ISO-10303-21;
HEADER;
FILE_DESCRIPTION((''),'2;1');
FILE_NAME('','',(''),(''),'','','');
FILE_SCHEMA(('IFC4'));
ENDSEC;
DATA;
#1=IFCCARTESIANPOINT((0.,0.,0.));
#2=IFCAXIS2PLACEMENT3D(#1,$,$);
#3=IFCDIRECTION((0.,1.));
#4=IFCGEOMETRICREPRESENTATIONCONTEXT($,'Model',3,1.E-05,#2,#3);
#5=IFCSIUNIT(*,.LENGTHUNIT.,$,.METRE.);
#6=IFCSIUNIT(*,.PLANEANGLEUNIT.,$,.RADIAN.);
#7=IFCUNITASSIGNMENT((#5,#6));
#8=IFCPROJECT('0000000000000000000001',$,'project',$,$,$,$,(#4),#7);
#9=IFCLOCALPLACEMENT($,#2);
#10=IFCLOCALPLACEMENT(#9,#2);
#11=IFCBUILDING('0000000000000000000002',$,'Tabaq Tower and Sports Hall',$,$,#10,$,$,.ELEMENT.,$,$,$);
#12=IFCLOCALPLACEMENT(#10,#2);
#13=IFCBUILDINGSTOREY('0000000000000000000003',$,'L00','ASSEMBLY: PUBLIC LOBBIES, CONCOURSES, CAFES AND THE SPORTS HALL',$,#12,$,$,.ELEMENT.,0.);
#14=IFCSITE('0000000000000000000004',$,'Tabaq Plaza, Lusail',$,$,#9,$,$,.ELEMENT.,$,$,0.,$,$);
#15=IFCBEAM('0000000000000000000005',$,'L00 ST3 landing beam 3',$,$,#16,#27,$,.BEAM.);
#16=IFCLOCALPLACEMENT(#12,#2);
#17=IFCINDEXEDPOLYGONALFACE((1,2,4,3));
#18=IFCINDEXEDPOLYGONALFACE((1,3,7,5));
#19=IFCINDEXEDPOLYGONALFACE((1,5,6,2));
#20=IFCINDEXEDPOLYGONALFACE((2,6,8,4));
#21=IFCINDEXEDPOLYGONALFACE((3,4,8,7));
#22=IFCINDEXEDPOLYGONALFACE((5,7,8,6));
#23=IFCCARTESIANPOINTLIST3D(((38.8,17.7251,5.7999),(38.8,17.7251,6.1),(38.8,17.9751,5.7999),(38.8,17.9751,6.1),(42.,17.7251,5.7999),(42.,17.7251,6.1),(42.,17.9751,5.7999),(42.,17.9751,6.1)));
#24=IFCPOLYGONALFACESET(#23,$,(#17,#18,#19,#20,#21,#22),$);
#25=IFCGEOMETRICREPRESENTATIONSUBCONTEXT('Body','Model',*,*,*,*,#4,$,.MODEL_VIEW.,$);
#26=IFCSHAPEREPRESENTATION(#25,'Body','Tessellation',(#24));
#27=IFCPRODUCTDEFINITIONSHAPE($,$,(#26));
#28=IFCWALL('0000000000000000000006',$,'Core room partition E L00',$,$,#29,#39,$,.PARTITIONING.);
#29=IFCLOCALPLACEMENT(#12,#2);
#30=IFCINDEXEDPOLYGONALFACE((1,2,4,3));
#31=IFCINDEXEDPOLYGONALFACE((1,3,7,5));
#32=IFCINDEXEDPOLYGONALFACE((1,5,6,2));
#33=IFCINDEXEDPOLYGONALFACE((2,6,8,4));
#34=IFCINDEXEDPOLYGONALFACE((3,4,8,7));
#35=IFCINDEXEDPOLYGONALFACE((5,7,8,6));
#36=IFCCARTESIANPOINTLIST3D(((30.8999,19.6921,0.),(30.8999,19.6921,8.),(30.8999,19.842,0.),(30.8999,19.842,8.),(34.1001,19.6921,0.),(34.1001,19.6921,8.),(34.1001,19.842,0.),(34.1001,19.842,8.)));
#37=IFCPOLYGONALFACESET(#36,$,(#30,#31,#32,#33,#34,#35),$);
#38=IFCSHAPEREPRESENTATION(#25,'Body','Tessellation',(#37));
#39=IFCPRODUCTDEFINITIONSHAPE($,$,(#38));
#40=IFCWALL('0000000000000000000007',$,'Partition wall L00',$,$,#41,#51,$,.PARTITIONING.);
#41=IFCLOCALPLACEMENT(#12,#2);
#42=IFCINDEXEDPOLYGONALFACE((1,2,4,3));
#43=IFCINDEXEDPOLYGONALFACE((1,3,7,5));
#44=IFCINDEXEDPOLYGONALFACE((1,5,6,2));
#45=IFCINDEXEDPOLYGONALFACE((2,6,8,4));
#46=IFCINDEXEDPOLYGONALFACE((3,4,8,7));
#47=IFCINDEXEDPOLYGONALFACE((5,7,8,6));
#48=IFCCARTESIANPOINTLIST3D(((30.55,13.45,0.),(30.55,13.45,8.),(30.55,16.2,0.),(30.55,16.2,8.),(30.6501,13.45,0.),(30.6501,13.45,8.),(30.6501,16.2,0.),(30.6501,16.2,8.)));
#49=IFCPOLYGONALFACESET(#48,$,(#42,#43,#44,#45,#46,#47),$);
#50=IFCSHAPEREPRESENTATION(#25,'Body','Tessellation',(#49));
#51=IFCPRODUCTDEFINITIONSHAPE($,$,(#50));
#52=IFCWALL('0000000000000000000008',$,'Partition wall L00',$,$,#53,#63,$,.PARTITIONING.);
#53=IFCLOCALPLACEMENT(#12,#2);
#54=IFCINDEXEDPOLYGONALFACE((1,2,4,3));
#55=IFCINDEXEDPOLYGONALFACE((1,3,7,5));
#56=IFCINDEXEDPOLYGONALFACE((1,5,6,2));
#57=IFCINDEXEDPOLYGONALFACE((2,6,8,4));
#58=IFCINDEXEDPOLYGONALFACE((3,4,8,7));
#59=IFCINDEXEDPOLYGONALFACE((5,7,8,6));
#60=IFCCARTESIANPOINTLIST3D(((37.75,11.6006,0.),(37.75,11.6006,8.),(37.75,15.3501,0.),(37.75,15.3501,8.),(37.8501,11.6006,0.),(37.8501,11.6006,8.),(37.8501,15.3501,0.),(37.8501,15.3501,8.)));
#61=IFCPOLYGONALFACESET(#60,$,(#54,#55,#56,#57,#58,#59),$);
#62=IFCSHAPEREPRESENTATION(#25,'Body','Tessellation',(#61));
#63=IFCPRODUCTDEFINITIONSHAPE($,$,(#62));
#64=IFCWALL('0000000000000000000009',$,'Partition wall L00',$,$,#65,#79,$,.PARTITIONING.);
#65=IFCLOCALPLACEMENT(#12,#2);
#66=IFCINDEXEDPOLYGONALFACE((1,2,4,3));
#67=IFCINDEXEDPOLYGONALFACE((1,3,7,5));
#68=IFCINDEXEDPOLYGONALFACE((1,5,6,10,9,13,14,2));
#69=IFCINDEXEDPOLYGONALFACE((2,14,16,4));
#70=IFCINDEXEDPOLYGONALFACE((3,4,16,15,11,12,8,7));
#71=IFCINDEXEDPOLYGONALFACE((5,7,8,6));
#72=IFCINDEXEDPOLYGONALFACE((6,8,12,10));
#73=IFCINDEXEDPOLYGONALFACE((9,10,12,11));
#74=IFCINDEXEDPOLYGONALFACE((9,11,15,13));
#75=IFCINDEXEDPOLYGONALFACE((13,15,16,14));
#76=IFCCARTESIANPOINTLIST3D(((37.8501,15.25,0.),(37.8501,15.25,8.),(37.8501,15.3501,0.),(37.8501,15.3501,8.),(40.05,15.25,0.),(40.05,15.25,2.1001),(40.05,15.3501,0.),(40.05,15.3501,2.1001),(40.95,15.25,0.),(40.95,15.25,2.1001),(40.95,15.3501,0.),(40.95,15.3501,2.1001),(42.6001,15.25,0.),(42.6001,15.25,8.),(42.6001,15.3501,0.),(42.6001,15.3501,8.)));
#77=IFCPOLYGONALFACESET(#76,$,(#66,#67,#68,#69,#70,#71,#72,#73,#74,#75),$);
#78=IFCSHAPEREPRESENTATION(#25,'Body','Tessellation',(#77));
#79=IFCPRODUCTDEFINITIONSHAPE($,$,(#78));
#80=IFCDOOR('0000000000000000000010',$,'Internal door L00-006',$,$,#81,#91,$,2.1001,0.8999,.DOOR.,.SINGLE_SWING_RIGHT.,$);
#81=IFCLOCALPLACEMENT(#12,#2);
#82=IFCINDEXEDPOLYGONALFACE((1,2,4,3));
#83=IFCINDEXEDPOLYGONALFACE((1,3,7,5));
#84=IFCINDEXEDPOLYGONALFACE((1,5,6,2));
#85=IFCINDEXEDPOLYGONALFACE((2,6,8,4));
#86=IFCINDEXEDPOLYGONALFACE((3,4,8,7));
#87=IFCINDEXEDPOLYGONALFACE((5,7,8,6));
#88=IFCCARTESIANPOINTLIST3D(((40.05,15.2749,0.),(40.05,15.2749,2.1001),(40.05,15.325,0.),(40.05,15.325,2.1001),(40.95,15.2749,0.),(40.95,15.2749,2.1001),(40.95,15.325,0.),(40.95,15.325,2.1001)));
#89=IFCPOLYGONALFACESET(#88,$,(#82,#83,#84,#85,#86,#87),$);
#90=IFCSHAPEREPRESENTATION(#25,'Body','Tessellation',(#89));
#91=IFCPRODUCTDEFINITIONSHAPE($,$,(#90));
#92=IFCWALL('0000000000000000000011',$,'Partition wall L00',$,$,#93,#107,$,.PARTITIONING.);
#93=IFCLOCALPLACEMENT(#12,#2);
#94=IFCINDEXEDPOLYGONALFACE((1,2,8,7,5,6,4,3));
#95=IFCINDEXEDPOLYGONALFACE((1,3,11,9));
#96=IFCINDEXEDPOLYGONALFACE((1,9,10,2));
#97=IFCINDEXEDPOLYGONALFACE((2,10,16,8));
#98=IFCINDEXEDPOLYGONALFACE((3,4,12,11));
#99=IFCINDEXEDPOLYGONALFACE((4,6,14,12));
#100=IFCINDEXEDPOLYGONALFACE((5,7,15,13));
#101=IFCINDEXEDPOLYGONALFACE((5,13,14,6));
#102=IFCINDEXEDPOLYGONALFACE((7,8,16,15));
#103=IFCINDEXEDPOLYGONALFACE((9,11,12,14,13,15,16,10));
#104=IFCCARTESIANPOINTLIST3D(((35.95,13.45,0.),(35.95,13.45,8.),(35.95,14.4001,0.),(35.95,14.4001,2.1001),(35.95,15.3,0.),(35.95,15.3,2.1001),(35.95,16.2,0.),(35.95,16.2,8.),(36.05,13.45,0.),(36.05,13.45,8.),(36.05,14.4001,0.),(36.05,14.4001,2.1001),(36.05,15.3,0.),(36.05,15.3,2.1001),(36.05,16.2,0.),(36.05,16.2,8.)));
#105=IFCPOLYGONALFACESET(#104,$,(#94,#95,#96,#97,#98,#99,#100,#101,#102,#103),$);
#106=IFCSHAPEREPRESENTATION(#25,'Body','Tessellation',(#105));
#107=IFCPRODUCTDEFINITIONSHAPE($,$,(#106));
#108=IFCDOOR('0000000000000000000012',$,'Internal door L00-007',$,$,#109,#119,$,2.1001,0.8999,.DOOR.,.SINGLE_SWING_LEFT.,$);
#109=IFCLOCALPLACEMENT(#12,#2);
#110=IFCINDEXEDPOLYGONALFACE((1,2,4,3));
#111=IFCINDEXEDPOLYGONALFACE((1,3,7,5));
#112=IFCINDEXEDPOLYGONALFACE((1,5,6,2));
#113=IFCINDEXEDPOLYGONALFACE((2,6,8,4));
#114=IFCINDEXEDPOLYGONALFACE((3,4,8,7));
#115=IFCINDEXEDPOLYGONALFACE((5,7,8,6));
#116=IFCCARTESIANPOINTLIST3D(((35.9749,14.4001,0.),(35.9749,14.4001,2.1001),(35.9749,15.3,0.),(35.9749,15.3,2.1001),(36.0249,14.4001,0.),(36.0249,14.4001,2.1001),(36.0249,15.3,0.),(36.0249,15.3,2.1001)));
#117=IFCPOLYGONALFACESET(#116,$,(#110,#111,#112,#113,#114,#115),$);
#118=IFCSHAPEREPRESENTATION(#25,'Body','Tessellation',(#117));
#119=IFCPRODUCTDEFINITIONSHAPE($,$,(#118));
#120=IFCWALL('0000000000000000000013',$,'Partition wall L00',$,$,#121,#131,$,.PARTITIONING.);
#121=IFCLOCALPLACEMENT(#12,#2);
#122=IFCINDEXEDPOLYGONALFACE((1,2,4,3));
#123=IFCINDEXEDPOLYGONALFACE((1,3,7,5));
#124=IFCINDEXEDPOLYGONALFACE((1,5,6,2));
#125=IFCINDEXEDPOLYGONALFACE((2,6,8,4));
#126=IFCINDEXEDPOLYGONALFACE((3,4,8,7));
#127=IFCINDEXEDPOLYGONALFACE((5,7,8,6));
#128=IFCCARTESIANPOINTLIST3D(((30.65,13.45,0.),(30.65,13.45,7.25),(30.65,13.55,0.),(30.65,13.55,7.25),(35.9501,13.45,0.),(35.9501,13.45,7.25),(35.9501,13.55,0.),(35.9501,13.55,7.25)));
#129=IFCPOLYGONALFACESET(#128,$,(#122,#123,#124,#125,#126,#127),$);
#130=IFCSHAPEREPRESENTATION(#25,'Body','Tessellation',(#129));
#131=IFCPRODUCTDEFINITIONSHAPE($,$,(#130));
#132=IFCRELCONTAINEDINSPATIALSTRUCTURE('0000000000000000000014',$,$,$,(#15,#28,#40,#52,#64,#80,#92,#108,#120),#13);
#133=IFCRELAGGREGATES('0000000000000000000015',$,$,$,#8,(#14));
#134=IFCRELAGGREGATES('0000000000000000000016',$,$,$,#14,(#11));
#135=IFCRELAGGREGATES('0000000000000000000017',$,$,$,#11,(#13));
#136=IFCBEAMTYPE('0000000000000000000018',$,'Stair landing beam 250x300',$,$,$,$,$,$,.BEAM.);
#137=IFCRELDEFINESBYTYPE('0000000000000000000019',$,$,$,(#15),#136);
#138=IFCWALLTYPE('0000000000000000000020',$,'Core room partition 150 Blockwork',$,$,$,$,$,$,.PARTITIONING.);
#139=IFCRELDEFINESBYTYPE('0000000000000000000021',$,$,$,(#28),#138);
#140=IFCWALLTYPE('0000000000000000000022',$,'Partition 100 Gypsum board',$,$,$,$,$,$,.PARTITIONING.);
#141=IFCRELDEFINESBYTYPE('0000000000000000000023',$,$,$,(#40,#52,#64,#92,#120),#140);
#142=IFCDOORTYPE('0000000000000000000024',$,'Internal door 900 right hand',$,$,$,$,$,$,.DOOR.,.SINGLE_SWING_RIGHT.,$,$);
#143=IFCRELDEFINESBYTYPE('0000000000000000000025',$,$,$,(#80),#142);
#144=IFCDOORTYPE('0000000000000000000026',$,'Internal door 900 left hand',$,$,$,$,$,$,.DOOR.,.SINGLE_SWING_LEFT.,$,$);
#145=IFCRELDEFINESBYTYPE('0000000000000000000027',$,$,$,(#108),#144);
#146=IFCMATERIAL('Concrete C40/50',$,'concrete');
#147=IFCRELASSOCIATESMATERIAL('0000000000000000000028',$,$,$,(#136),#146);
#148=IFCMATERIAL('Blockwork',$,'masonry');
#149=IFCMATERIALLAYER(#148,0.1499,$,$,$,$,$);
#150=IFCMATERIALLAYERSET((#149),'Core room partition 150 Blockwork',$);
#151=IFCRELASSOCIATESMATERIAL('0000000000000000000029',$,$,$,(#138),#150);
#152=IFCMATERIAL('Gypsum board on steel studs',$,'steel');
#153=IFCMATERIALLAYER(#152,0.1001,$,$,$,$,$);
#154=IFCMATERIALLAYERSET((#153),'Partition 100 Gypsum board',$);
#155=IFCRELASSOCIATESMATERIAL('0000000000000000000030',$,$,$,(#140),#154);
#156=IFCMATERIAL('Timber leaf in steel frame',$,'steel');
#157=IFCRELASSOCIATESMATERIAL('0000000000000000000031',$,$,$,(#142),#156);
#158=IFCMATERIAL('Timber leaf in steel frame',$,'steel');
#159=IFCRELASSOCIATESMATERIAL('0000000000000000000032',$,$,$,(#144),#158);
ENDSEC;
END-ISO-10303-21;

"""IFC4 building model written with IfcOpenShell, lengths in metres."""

from ifc_helpers import new_model, si_unit, direction, frame, frame_2d, origin, origin_2d, place, context, subcontext, project, spatial, rectangle, extrude, material, layer, layer_set, material_profile, profile_set, type_object, element, fill, save


model = new_model("IFC4")

# Units and contexts
model_context = context("Model", 3, precision=1e-05, world=origin(), true_north=direction((0.0, 1.0)))
body_context = subcontext(model_context, "Body", "Model", "MODEL_VIEW")
ifc_project = project(units=[si_unit("LENGTHUNIT", "METRE"), si_unit("PLANEANGLEUNIT", "RADIAN")], contexts=[model_context])

# Site, building, storey
site_placement = place(None, origin())
site = spatial("IfcSite", under=ifc_project, at=site_placement, Name="Tabaq Plaza, Lusail", CompositionType="ELEMENT", RefElevation=0.0)
building_placement = place(site_placement, origin())
building = spatial("IfcBuilding", under=site, at=building_placement, Name="Tabaq Tower and Sports Hall", CompositionType="ELEMENT")
storey_placement = place(building_placement, origin())
storey = spatial("IfcBuildingStorey", under=building, at=storey_placement, Name="L00", Description="ASSEMBLY: PUBLIC LOBBIES, CONCOURSES, CAFES AND THE SPORTS HALL", CompositionType="ELEMENT", Elevation=0.0)

# Beam
ifc_material_1 = material(Name="Concrete C40/50", Category="concrete")
ifc_material_profile = material_profile(ifc_material_1, rectangle(XDim=0.25, YDim=0.3, at=origin_2d()), Name="RC 250x300")
ifc_profile_set = profile_set([ifc_material_profile], Name="Concrete C40/50")
beam_type = type_object("IfcBeamType", Name="Stair landing beam 250x300", PredefinedType="BEAM", material=ifc_profile_set)
beam_placement = place(storey_placement, frame((38.8, 17.8501, 5.95), z_axis=(1.0, 0.0, 0.0), x_axis=(0.0, 1.0, 0.0)))
element("IfcBeam", 1, at=beam_placement, inside=storey, type_object=beam_type, Name="L00 ST3 landing beam 3", PredefinedType="BEAM", context=body_context, shape_type="SweptSolid", body=[
    extrude(rectangle(XDim=0.25, YDim=0.3, at=origin_2d()), origin(), (0.0, 0.0, 1.0), 3.2),
])

# Walls
ifc_material_2 = material(Name="Blockwork", Category="masonry")
ifc_layer_1 = layer(ifc_material_2, 0.1499)
ifc_layer_set_1 = layer_set([ifc_layer_1], Name="Core room partition 150 Blockwork")
wall_type_1 = type_object("IfcWallType", Name="Core room partition 150 Blockwork", PredefinedType="PARTITIONING", material=ifc_layer_set_1)
wall_1_placement = place(storey_placement, frame((30.8999, 19.7671, 0.0), z_axis=(0.0, 0.0, 1.0), x_axis=(1.0, 0.0, 0.0)))
element("IfcWall", 2, at=wall_1_placement, inside=storey, type_object=wall_type_1, Name="Core room partition E L00", PredefinedType="PARTITIONING", context=body_context, shape_type="SweptSolid", body=[
    extrude(rectangle(XDim=3.2002, YDim=0.1499, at=frame_2d((1.6001, 0.0))), origin(), (0.0, 0.0, 1.0), 8.0),
])
ifc_material_3 = material(Name="Gypsum board on steel studs", Category="steel")
ifc_layer_2 = layer(ifc_material_3, 0.1001)
ifc_layer_set_2 = layer_set([ifc_layer_2], Name="Partition 100 Gypsum board")
wall_type_2 = type_object("IfcWallType", Name="Partition 100 Gypsum board", PredefinedType="PARTITIONING", material=ifc_layer_set_2)
wall_2_placement = place(storey_placement, frame((30.6001, 13.45, 0.0), z_axis=(0.0, 0.0, 1.0), x_axis=(0.0, 1.0, 0.0)))
element("IfcWall", 3, at=wall_2_placement, inside=storey, type_object=wall_type_2, Name="Partition wall L00", PredefinedType="PARTITIONING", context=body_context, shape_type="SweptSolid", body=[
    extrude(rectangle(XDim=2.75, YDim=0.1001, at=frame_2d((1.375, 0.0))), origin(), (0.0, 0.0, 1.0), 8.0),
])
wall_3_placement = place(storey_placement, frame((37.8, 11.6006, 0.0), z_axis=(0.0, 0.0, 1.0), x_axis=(0.0, 1.0, 0.0)))
element("IfcWall", 4, at=wall_3_placement, inside=storey, type_object=wall_type_2, Name="Partition wall L00", PredefinedType="PARTITIONING", context=body_context, shape_type="SweptSolid", body=[
    extrude(rectangle(XDim=3.7495, YDim=0.1001, at=frame_2d((1.8748, 0.0))), origin(), (0.0, 0.0, 1.0), 8.0),
])

# Walls, openings, doors
wall_4_placement = place(storey_placement, frame((37.8501, 15.3, 0.0), z_axis=(0.0, 0.0, 1.0), x_axis=(1.0, 0.0, 0.0)))
wall_4 = element("IfcWall", 5, at=wall_4_placement, inside=storey, type_object=wall_type_2, Name="Partition wall L00", PredefinedType="PARTITIONING", context=body_context, shape_type="SweptSolid", body=[
    extrude(rectangle(XDim=4.75, YDim=0.1001, at=frame_2d((2.375, 0.0))), origin(), (0.0, 0.0, 1.0), 8.0),
])
opening_1_placement = place(wall_4_placement, frame((2.2, 0.0, 0.0)))
opening_1 = element("IfcOpeningElement", 6, at=opening_1_placement, cuts=wall_4, PredefinedType="OPENING", context=body_context, shape_type="SweptSolid", body=[
    extrude(rectangle(XDim=0.8999, YDim=2.1001, at=frame_2d((0.45, 1.05))), frame((0.0, 0.05, 0.0), z_axis=(0.0, -1.0, 0.0), x_axis=(1.0, 0.0, 0.0)), (0.0, 0.0, 1.0), 0.1001),
])
ifc_material_4 = material(Name="Timber leaf in steel frame", Category="steel")
door_type_1 = type_object("IfcDoorType", Name="Internal door 900 right hand", OperationType="SINGLE_SWING_RIGHT", PredefinedType="DOOR", material=ifc_material_4)
door_1_placement = place(opening_1_placement, origin())
door_1 = element("IfcDoor", 7, at=door_1_placement, inside=storey, type_object=door_type_1, Name="Internal door L00-006", OperationType="SINGLE_SWING_RIGHT", OverallHeight=2.1001, OverallWidth=0.8999, PredefinedType="DOOR", context=body_context, shape_type="SweptSolid", body=[
    extrude(rectangle(XDim=0.8999, YDim=2.1001, at=frame_2d((0.45, 1.05))), frame((0.0, 0.0249, 0.0), z_axis=(0.0, -1.0, 0.0), x_axis=(1.0, 0.0, 0.0)), (0.0, 0.0, 1.0), 0.05),
])
fill(opening_1, door_1)
wall_5_placement = place(storey_placement, frame((36.0, 16.2, 0.0), z_axis=(0.0, 0.0, 1.0), x_axis=(0.0, -1.0, 0.0)))
wall_5 = element("IfcWall", 8, at=wall_5_placement, inside=storey, type_object=wall_type_2, Name="Partition wall L00", PredefinedType="PARTITIONING", context=body_context, shape_type="SweptSolid", body=[
    extrude(rectangle(XDim=2.75, YDim=0.1001, at=frame_2d((1.375, 0.0))), origin(), (0.0, 0.0, 1.0), 8.0),
])
opening_2_placement = place(wall_5_placement, frame((0.8999, 0.0, 0.0)))
opening_2 = element("IfcOpeningElement", 9, at=opening_2_placement, cuts=wall_5, PredefinedType="OPENING", context=body_context, shape_type="SweptSolid", body=[
    extrude(rectangle(XDim=0.8999, YDim=2.1001, at=frame_2d((0.45, 1.05))), frame((0.0, 0.05, 0.0), z_axis=(0.0, -1.0, 0.0), x_axis=(1.0, 0.0, 0.0)), (0.0, 0.0, 1.0), 0.1001),
])
ifc_material_5 = material(Name="Timber leaf in steel frame", Category="steel")
door_type_2 = type_object("IfcDoorType", Name="Internal door 900 left hand", OperationType="SINGLE_SWING_LEFT", PredefinedType="DOOR", material=ifc_material_5)
door_2_placement = place(opening_2_placement, origin())
door_2 = element("IfcDoor", 10, at=door_2_placement, inside=storey, type_object=door_type_2, Name="Internal door L00-007", OperationType="SINGLE_SWING_LEFT", OverallHeight=2.1001, OverallWidth=0.8999, PredefinedType="DOOR", context=body_context, shape_type="SweptSolid", body=[
    extrude(rectangle(XDim=0.8999, YDim=2.1001, at=frame_2d((0.45, 1.05))), frame((0.0, 0.0249, 0.0), z_axis=(0.0, -1.0, 0.0), x_axis=(1.0, 0.0, 0.0)), (0.0, 0.0, 1.0), 0.05),
])
fill(opening_2, door_2)

# Wall
wall_6_placement = place(storey_placement, frame((35.95, 13.5, 0.0), z_axis=(0.0, 0.0, 1.0), x_axis=(-1.0, 0.0, 0.0)))
element("IfcWall", 11, at=wall_6_placement, inside=storey, type_object=wall_type_2, Name="Partition wall L00", PredefinedType="PARTITIONING", context=body_context, shape_type="SweptSolid", body=[
    extrude(rectangle(XDim=5.3, YDim=0.1001, at=frame_2d((2.6499, 0.0))), origin(), (0.0, 0.0, 1.0), 7.25),
])

save(model, "model.ifc")
